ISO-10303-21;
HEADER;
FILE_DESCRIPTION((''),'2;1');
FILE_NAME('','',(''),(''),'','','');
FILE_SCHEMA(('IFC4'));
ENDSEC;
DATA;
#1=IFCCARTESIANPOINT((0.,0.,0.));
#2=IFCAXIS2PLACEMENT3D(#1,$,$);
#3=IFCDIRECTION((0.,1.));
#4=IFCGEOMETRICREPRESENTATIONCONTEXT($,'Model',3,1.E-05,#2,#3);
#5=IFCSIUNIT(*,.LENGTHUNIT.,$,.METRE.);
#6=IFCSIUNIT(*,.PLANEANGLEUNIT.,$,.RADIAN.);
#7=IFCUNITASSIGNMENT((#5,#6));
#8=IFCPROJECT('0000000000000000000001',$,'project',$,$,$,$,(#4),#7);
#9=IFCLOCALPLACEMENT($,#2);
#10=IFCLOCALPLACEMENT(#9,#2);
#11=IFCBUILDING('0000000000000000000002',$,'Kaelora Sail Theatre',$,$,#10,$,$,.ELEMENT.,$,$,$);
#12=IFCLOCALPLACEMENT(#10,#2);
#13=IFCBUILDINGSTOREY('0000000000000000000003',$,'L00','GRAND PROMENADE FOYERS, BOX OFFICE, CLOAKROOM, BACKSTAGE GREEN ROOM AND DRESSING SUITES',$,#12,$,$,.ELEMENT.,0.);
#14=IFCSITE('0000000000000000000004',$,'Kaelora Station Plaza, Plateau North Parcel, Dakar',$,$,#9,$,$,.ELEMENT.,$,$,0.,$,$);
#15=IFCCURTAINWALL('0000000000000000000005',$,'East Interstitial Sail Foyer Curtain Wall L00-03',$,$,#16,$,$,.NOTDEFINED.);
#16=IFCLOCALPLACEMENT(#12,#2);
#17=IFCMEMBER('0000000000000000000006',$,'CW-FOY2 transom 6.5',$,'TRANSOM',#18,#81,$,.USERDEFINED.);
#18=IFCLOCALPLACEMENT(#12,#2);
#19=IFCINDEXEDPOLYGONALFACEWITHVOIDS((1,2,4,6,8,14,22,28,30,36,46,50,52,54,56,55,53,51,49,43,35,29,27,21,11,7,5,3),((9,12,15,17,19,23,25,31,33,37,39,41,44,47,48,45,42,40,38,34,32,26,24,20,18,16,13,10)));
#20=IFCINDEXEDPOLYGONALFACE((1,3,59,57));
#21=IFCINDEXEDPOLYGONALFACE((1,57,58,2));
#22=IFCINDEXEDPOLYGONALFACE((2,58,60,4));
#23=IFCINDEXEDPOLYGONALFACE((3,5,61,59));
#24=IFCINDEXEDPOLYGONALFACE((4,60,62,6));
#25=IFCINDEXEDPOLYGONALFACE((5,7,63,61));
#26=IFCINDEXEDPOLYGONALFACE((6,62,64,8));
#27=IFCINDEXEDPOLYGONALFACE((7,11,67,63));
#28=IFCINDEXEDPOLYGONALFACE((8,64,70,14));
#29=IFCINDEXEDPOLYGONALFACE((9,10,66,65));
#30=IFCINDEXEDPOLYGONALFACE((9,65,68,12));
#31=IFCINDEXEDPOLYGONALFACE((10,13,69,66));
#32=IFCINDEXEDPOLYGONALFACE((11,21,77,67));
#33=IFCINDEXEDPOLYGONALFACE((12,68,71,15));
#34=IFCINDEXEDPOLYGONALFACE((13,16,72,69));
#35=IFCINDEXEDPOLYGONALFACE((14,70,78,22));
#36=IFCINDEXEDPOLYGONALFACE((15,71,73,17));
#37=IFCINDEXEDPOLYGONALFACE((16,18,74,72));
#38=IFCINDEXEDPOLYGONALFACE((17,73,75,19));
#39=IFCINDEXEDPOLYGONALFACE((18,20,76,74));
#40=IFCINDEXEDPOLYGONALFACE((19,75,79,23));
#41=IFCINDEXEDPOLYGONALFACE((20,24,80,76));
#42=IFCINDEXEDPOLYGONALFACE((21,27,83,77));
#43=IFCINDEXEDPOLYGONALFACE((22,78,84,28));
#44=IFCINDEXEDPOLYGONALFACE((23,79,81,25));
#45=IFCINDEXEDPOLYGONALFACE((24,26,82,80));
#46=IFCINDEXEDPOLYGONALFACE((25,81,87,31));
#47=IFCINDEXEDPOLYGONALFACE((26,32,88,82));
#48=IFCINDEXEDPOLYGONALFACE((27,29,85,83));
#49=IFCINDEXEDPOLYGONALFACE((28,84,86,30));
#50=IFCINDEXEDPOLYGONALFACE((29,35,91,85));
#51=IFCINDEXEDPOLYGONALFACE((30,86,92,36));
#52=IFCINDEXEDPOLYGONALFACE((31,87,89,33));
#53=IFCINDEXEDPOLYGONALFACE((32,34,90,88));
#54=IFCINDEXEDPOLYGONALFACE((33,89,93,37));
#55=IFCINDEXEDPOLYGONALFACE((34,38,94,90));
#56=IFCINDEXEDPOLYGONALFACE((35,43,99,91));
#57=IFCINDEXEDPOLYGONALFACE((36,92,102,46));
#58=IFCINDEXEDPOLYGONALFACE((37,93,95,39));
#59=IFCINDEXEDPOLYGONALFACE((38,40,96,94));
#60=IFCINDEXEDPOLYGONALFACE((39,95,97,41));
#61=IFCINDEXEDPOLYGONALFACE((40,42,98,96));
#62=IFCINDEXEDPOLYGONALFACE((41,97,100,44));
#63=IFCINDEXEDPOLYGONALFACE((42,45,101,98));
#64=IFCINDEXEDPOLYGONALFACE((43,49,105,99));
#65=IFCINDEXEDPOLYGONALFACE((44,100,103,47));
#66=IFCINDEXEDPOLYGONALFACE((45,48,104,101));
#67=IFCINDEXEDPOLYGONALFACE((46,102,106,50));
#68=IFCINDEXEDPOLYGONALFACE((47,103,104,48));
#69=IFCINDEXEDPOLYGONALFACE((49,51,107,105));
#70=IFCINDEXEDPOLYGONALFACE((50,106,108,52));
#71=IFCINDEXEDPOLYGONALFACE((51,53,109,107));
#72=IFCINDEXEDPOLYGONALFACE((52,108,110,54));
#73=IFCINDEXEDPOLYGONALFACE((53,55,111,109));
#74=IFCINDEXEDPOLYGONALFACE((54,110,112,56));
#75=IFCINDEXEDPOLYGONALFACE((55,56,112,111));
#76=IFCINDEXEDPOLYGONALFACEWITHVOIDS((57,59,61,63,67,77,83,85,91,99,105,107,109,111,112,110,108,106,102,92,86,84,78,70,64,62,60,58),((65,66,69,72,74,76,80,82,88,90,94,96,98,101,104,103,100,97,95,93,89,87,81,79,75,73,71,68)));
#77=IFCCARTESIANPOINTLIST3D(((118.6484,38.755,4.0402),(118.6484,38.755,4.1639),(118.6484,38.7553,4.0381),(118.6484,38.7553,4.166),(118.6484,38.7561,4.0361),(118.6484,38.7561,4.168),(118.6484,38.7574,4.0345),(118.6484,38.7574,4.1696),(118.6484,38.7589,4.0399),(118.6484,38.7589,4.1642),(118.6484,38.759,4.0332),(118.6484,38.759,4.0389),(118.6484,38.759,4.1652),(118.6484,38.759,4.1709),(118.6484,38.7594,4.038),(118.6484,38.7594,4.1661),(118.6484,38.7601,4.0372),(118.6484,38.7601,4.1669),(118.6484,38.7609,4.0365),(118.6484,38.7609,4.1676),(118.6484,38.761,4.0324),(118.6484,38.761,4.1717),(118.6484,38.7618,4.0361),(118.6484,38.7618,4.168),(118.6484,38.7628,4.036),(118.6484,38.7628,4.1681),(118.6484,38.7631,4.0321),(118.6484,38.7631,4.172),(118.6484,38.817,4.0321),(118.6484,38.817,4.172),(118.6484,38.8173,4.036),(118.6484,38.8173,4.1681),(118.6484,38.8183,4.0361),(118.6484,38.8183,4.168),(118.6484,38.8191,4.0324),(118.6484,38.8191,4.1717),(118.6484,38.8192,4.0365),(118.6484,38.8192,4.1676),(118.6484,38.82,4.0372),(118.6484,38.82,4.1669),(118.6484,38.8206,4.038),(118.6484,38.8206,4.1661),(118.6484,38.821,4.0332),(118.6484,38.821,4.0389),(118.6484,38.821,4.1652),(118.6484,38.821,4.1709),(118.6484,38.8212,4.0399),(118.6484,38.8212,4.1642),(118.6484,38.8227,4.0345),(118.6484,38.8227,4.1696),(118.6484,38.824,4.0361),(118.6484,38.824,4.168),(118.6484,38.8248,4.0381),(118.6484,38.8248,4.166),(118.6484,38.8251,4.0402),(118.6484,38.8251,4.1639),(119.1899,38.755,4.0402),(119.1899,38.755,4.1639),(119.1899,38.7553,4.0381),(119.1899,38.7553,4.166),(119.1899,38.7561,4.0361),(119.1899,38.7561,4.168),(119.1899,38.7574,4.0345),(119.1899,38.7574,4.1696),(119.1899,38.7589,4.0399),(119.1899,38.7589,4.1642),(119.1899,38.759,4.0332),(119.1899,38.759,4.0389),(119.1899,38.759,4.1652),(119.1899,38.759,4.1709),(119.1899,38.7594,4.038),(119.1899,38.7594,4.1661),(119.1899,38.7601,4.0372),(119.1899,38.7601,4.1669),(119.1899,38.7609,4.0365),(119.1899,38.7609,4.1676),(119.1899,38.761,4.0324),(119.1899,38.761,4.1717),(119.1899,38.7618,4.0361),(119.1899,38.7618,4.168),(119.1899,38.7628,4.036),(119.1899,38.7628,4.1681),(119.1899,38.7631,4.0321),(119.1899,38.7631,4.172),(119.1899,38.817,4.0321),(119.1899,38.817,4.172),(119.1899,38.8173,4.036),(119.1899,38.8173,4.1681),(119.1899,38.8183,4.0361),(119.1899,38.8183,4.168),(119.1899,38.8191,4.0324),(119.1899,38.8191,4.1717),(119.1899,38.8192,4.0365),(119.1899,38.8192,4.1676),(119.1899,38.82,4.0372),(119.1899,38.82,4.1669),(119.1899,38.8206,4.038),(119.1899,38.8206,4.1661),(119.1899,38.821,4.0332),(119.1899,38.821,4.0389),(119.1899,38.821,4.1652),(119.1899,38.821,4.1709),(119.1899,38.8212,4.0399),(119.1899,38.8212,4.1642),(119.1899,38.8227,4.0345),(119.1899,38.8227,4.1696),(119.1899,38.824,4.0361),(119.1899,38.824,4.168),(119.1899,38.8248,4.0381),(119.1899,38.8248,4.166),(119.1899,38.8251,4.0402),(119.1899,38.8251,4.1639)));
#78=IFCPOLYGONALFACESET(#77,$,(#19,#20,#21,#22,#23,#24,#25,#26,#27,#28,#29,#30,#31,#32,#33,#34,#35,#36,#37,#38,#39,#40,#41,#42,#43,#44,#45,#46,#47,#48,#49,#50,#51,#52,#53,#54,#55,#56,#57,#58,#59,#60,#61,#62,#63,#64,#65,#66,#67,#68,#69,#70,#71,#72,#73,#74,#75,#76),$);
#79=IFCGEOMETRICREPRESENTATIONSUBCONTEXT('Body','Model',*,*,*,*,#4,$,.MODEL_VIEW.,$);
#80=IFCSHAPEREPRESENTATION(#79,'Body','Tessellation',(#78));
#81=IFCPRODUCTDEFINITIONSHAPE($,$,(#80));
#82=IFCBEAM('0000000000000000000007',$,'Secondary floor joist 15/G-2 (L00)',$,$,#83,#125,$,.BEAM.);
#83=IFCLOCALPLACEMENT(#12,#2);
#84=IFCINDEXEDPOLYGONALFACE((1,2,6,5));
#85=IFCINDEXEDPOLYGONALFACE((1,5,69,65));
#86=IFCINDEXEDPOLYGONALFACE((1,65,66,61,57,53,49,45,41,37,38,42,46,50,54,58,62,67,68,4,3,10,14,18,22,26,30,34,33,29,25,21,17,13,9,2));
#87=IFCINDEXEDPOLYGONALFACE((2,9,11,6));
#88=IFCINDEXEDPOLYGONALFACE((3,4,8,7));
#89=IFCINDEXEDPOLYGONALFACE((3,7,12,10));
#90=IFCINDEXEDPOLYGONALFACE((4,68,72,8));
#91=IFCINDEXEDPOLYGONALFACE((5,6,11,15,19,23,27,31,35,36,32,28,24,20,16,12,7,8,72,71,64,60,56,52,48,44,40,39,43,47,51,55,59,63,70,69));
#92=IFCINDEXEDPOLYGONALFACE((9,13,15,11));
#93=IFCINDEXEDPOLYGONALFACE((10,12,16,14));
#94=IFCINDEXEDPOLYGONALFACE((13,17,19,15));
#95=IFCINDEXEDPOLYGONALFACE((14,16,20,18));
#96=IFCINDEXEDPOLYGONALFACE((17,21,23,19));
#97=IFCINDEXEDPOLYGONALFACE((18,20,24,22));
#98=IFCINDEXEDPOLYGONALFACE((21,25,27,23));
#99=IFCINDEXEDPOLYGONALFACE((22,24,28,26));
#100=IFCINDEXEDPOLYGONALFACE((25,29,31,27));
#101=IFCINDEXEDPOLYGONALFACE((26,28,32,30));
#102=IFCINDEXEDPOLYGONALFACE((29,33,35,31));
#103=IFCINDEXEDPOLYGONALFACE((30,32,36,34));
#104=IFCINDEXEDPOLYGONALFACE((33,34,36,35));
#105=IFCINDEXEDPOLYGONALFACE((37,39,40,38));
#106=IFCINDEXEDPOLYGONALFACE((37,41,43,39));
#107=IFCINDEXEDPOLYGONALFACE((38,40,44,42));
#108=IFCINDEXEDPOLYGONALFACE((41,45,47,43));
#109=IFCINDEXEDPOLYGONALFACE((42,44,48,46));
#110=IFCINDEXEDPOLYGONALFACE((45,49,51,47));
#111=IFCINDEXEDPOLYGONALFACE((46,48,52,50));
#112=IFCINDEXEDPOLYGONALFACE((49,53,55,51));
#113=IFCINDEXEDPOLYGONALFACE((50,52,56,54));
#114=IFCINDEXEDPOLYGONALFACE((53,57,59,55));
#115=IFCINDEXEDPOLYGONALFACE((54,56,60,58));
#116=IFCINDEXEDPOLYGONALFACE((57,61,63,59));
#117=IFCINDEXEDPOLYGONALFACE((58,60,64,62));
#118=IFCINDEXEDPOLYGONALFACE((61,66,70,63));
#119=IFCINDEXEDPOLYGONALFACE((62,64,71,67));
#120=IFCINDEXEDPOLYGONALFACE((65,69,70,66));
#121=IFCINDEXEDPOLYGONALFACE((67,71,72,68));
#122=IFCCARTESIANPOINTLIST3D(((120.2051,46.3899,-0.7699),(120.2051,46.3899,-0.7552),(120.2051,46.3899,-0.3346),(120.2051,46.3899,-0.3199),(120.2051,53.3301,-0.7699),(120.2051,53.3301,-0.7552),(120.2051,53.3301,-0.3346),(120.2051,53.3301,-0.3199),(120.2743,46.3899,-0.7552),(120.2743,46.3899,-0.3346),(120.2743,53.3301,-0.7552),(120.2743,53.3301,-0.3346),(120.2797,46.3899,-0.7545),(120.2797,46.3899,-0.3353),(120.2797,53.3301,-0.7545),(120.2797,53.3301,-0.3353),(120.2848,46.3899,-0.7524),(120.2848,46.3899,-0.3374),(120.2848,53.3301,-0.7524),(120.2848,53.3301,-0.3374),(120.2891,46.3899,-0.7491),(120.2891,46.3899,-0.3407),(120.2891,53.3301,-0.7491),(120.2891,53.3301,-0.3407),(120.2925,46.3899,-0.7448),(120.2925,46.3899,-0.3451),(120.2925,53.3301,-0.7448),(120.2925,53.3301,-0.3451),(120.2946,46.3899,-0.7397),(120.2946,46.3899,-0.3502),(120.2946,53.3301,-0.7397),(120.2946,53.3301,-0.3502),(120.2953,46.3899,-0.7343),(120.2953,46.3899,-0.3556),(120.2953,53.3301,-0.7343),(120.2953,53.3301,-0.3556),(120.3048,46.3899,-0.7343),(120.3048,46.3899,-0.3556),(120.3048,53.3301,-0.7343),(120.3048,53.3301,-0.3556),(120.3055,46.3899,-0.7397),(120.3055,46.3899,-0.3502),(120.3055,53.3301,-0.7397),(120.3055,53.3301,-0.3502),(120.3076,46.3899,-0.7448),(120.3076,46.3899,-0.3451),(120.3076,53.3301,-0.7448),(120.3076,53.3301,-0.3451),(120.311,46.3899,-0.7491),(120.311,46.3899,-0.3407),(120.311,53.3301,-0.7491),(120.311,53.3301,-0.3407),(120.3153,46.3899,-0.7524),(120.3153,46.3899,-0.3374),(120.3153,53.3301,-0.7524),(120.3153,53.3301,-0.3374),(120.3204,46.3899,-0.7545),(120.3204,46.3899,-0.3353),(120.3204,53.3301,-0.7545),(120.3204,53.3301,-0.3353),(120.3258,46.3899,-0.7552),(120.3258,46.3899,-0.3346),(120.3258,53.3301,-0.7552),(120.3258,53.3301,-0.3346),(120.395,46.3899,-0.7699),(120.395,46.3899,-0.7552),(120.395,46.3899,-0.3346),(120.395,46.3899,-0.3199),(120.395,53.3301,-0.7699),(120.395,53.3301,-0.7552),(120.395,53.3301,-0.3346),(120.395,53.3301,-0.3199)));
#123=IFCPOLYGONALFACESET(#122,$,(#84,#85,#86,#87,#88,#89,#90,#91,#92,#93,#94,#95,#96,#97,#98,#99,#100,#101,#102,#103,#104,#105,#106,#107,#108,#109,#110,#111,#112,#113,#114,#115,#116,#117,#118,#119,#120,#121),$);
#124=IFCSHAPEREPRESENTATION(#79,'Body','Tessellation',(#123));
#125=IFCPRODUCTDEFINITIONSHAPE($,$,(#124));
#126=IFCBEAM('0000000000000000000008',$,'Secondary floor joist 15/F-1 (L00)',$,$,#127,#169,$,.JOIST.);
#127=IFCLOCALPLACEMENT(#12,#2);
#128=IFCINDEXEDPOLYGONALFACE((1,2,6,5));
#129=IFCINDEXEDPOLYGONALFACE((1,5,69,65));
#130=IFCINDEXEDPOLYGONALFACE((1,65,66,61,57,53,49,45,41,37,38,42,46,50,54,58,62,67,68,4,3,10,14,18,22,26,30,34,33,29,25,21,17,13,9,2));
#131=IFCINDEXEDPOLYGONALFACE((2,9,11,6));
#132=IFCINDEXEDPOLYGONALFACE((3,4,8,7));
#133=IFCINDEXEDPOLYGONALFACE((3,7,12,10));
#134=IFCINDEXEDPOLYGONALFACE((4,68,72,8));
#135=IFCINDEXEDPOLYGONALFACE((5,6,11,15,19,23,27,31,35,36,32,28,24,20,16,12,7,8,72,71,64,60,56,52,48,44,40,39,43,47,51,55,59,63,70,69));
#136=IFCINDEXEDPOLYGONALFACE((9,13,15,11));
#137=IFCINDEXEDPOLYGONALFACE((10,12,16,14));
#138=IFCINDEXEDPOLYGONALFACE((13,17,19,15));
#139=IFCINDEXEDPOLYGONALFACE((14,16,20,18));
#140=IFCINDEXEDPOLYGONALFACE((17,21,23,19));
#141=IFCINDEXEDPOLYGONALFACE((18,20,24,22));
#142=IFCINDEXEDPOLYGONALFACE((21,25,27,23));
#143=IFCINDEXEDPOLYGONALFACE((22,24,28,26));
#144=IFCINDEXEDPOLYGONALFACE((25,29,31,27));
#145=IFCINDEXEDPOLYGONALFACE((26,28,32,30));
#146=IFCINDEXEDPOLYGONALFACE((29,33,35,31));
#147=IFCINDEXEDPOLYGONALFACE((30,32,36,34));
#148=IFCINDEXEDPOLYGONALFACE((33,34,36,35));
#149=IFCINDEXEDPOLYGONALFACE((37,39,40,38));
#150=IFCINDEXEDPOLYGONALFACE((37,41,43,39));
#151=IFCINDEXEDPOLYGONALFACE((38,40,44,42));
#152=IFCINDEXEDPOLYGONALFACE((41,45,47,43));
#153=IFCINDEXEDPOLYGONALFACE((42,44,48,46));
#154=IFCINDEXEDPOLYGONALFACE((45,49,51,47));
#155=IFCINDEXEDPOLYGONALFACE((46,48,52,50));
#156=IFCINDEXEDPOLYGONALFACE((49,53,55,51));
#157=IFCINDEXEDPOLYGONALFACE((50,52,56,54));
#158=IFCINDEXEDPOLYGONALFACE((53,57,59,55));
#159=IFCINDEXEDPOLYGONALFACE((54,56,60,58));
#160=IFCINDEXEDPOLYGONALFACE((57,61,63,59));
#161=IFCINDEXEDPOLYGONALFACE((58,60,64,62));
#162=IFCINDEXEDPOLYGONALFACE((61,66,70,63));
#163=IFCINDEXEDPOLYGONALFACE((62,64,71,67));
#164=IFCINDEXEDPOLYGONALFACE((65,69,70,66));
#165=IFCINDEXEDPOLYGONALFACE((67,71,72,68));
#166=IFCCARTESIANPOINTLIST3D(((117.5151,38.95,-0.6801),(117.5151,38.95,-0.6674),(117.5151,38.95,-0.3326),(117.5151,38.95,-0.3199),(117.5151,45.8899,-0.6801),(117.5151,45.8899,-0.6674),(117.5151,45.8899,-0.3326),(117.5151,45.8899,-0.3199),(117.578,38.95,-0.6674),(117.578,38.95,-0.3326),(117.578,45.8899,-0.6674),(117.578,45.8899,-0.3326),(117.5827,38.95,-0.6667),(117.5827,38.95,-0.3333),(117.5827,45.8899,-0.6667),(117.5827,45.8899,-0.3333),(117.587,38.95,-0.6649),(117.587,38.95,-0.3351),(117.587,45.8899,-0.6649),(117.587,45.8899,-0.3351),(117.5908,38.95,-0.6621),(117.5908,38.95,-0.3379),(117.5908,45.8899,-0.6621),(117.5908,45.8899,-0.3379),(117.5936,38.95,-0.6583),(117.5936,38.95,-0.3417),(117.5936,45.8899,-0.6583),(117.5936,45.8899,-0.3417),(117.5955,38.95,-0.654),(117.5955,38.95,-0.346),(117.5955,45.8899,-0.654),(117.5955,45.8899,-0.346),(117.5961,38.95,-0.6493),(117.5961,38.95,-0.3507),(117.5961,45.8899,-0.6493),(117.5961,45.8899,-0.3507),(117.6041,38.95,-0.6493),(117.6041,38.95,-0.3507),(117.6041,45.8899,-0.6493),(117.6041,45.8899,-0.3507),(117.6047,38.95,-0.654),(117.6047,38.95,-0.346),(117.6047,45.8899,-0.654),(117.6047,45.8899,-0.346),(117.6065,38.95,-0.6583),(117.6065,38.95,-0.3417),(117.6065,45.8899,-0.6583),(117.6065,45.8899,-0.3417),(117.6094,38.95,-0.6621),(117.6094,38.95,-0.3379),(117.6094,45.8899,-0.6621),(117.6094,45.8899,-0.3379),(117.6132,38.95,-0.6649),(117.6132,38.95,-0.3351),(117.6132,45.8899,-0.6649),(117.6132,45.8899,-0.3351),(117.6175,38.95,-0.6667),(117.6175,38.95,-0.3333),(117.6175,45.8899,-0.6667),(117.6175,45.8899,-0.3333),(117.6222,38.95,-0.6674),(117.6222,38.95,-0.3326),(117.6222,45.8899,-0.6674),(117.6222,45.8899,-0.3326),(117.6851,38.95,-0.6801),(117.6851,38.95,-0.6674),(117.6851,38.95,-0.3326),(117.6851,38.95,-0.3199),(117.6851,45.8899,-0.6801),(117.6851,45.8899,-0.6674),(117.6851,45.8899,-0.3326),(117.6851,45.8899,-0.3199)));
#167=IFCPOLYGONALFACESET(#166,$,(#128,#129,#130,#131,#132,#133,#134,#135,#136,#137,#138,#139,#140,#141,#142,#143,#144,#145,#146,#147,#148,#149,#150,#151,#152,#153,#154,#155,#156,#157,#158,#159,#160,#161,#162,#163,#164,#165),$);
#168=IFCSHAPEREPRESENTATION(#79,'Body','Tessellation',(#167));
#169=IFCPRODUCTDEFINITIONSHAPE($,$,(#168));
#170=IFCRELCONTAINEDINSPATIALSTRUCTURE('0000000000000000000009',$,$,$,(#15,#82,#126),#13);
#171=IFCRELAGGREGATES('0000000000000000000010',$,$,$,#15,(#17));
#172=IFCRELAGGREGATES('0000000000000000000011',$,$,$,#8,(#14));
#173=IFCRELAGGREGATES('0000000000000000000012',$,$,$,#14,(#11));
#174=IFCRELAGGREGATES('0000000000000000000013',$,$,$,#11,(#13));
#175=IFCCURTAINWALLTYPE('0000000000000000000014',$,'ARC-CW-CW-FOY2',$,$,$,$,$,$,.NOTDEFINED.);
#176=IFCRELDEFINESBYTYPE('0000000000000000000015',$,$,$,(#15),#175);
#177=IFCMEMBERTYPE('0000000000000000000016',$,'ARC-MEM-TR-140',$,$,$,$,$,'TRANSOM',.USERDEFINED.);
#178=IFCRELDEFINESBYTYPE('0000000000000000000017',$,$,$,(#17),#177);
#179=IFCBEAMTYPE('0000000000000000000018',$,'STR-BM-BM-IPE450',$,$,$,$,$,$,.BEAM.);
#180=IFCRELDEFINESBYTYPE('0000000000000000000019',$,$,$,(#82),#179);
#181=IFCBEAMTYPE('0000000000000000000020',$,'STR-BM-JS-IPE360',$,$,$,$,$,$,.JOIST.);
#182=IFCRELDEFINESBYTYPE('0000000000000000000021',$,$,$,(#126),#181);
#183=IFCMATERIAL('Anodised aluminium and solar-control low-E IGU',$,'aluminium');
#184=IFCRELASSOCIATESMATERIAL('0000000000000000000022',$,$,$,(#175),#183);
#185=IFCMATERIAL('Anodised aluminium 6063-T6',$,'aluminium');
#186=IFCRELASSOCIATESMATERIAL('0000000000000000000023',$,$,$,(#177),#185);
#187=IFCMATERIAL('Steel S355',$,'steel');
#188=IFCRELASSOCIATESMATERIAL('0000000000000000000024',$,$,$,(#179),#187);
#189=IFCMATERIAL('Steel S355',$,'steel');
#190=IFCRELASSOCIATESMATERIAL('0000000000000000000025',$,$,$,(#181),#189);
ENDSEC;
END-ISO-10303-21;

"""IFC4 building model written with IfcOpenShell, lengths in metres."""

from ifc_helpers import new_model, si_unit, direction, frame, origin, origin_2d, place, context, subcontext, project, spatial, hollow_rectangle, i_section, extrude, material, material_profile, profile_set, type_object, element, aggregate, save


model = new_model("IFC4")

# Units and contexts
model_context = context("Model", 3, precision=1e-05, world=origin(), true_north=direction((0.0, 1.0)))
body_context = subcontext(model_context, "Body", "Model", "MODEL_VIEW")
ifc_project = project(units=[si_unit("LENGTHUNIT", "METRE"), si_unit("PLANEANGLEUNIT", "RADIAN")], contexts=[model_context])

# Site, building, storey
site_placement = place(None, origin())
site = spatial("IfcSite", under=ifc_project, at=site_placement, Name="Kaelora Station Plaza, Plateau North Parcel, Dakar", CompositionType="ELEMENT", RefElevation=0.0)
building_placement = place(site_placement, origin())
building = spatial("IfcBuilding", under=site, at=building_placement, Name="Kaelora Sail Theatre", CompositionType="ELEMENT")
storey_placement = place(building_placement, origin())
storey = spatial("IfcBuildingStorey", under=building, at=storey_placement, Name="L00", Description="GRAND PROMENADE FOYERS, BOX OFFICE, CLOAKROOM, BACKSTAGE GREEN ROOM AND DRESSING SUITES", CompositionType="ELEMENT", Elevation=0.0)

# Curtain wall
ifc_material_1 = material(Name="Anodised aluminium and solar-control low-E IGU", Category="aluminium")
curtain_wall_type = type_object("IfcCurtainWallType", Name="ARC-CW-CW-FOY2", PredefinedType="NOTDEFINED", material=ifc_material_1)
curtain_wall_placement = place(storey_placement, origin())
curtain_wall = element("IfcCurtainWall", 1, at=curtain_wall_placement, inside=storey, type_object=curtain_wall_type, Name="East Interstitial Sail Foyer Curtain Wall L00-03", PredefinedType="NOTDEFINED")

# Member
ifc_material_2 = material(Name="Anodised aluminium 6063-T6", Category="aluminium")
ifc_material_profile_1 = material_profile(ifc_material_2, hollow_rectangle(XDim=0.0701, YDim=0.1399, WallThickness=0.0039, InnerFilletRadius=0.0039, OuterFilletRadius=0.0081, at=origin_2d()), Name="ALU-TRAN 70x140x4")
ifc_profile_set_1 = profile_set([ifc_material_profile_1], Name="Anodised aluminium 6063-T6")
member_type_1 = type_object("IfcMemberType", Name="ARC-MEM-TR-140", ElementType="TRANSOM", PredefinedType="USERDEFINED", material=ifc_profile_set_1)
member_1_placement = place(storey_placement, frame((118.6484, 38.79, 4.1021), z_axis=(1.0, 0.0, 0.0), x_axis=(0.0, 1.0, 0.0)))
member_1 = element("IfcMember", 2, at=member_1_placement, type_object=member_type_1, Name="CW-FOY2 transom 6.5", ObjectType="TRANSOM", PredefinedType="USERDEFINED", context=body_context, shape_type="SweptSolid", body=[
    extrude(hollow_rectangle(XDim=0.0701, YDim=0.1399, WallThickness=0.0039, InnerFilletRadius=0.0039, OuterFilletRadius=0.0081, at=origin_2d()), origin(), (0.0, 0.0, 1.0), 0.5415),
])

# Beams
ifc_material_3 = material(Name="Steel S355", Category="steel")
ifc_material_profile_2 = material_profile(ifc_material_3, i_section(OverallWidth=0.1899, OverallDepth=0.45, WebThickness=0.0095, FlangeThickness=0.0146, FilletRadius=0.021, at=origin_2d()), Name="IPE 450")
ifc_profile_set_2 = profile_set([ifc_material_profile_2], Name="Steel S355")
beam_type_1 = type_object("IfcBeamType", Name="STR-BM-BM-IPE450", PredefinedType="BEAM", material=ifc_profile_set_2)
beam_1_placement = place(storey_placement, frame((120.3, 46.3899, -0.5449), z_axis=(0.0, 1.0, 0.0), x_axis=(-1.0, 0.0, 0.0)))
element("IfcBeam", 3, at=beam_1_placement, inside=storey, type_object=beam_type_1, Name="Secondary floor joist 15/G-2 (L00)", PredefinedType="BEAM", context=body_context, shape_type="SweptSolid", body=[
    extrude(i_section(OverallWidth=0.1899, OverallDepth=0.45, WebThickness=0.0095, FlangeThickness=0.0146, FilletRadius=0.021, at=origin_2d()), origin(), (0.0, 0.0, 1.0), 6.9402),
])
ifc_material_4 = material(Name="Steel S355", Category="steel")
ifc_material_profile_3 = material_profile(ifc_material_4, i_section(OverallWidth=0.1699, OverallDepth=0.3601, WebThickness=0.0081, FlangeThickness=0.0127, FilletRadius=0.0181, at=origin_2d()), Name="IPE 360")
ifc_profile_set_3 = profile_set([ifc_material_profile_3], Name="Steel S355")
beam_type_2 = type_object("IfcBeamType", Name="STR-BM-JS-IPE360", PredefinedType="JOIST", material=ifc_profile_set_3)
beam_2_placement = place(storey_placement, frame((117.6001, 38.95, -0.5), z_axis=(0.0, 1.0, 0.0), x_axis=(-1.0, 0.0, 0.0)))
element("IfcBeam", 4, at=beam_2_placement, inside=storey, type_object=beam_type_2, Name="Secondary floor joist 15/F-1 (L00)", PredefinedType="JOIST", context=body_context, shape_type="SweptSolid", body=[
    extrude(i_section(OverallWidth=0.1699, OverallDepth=0.3601, WebThickness=0.0081, FlangeThickness=0.0127, FilletRadius=0.0181, at=origin_2d()), origin(), (0.0, 0.0, 1.0), 6.9399),
])

aggregate(curtain_wall, [member_1])

save(model, "model.ifc")
